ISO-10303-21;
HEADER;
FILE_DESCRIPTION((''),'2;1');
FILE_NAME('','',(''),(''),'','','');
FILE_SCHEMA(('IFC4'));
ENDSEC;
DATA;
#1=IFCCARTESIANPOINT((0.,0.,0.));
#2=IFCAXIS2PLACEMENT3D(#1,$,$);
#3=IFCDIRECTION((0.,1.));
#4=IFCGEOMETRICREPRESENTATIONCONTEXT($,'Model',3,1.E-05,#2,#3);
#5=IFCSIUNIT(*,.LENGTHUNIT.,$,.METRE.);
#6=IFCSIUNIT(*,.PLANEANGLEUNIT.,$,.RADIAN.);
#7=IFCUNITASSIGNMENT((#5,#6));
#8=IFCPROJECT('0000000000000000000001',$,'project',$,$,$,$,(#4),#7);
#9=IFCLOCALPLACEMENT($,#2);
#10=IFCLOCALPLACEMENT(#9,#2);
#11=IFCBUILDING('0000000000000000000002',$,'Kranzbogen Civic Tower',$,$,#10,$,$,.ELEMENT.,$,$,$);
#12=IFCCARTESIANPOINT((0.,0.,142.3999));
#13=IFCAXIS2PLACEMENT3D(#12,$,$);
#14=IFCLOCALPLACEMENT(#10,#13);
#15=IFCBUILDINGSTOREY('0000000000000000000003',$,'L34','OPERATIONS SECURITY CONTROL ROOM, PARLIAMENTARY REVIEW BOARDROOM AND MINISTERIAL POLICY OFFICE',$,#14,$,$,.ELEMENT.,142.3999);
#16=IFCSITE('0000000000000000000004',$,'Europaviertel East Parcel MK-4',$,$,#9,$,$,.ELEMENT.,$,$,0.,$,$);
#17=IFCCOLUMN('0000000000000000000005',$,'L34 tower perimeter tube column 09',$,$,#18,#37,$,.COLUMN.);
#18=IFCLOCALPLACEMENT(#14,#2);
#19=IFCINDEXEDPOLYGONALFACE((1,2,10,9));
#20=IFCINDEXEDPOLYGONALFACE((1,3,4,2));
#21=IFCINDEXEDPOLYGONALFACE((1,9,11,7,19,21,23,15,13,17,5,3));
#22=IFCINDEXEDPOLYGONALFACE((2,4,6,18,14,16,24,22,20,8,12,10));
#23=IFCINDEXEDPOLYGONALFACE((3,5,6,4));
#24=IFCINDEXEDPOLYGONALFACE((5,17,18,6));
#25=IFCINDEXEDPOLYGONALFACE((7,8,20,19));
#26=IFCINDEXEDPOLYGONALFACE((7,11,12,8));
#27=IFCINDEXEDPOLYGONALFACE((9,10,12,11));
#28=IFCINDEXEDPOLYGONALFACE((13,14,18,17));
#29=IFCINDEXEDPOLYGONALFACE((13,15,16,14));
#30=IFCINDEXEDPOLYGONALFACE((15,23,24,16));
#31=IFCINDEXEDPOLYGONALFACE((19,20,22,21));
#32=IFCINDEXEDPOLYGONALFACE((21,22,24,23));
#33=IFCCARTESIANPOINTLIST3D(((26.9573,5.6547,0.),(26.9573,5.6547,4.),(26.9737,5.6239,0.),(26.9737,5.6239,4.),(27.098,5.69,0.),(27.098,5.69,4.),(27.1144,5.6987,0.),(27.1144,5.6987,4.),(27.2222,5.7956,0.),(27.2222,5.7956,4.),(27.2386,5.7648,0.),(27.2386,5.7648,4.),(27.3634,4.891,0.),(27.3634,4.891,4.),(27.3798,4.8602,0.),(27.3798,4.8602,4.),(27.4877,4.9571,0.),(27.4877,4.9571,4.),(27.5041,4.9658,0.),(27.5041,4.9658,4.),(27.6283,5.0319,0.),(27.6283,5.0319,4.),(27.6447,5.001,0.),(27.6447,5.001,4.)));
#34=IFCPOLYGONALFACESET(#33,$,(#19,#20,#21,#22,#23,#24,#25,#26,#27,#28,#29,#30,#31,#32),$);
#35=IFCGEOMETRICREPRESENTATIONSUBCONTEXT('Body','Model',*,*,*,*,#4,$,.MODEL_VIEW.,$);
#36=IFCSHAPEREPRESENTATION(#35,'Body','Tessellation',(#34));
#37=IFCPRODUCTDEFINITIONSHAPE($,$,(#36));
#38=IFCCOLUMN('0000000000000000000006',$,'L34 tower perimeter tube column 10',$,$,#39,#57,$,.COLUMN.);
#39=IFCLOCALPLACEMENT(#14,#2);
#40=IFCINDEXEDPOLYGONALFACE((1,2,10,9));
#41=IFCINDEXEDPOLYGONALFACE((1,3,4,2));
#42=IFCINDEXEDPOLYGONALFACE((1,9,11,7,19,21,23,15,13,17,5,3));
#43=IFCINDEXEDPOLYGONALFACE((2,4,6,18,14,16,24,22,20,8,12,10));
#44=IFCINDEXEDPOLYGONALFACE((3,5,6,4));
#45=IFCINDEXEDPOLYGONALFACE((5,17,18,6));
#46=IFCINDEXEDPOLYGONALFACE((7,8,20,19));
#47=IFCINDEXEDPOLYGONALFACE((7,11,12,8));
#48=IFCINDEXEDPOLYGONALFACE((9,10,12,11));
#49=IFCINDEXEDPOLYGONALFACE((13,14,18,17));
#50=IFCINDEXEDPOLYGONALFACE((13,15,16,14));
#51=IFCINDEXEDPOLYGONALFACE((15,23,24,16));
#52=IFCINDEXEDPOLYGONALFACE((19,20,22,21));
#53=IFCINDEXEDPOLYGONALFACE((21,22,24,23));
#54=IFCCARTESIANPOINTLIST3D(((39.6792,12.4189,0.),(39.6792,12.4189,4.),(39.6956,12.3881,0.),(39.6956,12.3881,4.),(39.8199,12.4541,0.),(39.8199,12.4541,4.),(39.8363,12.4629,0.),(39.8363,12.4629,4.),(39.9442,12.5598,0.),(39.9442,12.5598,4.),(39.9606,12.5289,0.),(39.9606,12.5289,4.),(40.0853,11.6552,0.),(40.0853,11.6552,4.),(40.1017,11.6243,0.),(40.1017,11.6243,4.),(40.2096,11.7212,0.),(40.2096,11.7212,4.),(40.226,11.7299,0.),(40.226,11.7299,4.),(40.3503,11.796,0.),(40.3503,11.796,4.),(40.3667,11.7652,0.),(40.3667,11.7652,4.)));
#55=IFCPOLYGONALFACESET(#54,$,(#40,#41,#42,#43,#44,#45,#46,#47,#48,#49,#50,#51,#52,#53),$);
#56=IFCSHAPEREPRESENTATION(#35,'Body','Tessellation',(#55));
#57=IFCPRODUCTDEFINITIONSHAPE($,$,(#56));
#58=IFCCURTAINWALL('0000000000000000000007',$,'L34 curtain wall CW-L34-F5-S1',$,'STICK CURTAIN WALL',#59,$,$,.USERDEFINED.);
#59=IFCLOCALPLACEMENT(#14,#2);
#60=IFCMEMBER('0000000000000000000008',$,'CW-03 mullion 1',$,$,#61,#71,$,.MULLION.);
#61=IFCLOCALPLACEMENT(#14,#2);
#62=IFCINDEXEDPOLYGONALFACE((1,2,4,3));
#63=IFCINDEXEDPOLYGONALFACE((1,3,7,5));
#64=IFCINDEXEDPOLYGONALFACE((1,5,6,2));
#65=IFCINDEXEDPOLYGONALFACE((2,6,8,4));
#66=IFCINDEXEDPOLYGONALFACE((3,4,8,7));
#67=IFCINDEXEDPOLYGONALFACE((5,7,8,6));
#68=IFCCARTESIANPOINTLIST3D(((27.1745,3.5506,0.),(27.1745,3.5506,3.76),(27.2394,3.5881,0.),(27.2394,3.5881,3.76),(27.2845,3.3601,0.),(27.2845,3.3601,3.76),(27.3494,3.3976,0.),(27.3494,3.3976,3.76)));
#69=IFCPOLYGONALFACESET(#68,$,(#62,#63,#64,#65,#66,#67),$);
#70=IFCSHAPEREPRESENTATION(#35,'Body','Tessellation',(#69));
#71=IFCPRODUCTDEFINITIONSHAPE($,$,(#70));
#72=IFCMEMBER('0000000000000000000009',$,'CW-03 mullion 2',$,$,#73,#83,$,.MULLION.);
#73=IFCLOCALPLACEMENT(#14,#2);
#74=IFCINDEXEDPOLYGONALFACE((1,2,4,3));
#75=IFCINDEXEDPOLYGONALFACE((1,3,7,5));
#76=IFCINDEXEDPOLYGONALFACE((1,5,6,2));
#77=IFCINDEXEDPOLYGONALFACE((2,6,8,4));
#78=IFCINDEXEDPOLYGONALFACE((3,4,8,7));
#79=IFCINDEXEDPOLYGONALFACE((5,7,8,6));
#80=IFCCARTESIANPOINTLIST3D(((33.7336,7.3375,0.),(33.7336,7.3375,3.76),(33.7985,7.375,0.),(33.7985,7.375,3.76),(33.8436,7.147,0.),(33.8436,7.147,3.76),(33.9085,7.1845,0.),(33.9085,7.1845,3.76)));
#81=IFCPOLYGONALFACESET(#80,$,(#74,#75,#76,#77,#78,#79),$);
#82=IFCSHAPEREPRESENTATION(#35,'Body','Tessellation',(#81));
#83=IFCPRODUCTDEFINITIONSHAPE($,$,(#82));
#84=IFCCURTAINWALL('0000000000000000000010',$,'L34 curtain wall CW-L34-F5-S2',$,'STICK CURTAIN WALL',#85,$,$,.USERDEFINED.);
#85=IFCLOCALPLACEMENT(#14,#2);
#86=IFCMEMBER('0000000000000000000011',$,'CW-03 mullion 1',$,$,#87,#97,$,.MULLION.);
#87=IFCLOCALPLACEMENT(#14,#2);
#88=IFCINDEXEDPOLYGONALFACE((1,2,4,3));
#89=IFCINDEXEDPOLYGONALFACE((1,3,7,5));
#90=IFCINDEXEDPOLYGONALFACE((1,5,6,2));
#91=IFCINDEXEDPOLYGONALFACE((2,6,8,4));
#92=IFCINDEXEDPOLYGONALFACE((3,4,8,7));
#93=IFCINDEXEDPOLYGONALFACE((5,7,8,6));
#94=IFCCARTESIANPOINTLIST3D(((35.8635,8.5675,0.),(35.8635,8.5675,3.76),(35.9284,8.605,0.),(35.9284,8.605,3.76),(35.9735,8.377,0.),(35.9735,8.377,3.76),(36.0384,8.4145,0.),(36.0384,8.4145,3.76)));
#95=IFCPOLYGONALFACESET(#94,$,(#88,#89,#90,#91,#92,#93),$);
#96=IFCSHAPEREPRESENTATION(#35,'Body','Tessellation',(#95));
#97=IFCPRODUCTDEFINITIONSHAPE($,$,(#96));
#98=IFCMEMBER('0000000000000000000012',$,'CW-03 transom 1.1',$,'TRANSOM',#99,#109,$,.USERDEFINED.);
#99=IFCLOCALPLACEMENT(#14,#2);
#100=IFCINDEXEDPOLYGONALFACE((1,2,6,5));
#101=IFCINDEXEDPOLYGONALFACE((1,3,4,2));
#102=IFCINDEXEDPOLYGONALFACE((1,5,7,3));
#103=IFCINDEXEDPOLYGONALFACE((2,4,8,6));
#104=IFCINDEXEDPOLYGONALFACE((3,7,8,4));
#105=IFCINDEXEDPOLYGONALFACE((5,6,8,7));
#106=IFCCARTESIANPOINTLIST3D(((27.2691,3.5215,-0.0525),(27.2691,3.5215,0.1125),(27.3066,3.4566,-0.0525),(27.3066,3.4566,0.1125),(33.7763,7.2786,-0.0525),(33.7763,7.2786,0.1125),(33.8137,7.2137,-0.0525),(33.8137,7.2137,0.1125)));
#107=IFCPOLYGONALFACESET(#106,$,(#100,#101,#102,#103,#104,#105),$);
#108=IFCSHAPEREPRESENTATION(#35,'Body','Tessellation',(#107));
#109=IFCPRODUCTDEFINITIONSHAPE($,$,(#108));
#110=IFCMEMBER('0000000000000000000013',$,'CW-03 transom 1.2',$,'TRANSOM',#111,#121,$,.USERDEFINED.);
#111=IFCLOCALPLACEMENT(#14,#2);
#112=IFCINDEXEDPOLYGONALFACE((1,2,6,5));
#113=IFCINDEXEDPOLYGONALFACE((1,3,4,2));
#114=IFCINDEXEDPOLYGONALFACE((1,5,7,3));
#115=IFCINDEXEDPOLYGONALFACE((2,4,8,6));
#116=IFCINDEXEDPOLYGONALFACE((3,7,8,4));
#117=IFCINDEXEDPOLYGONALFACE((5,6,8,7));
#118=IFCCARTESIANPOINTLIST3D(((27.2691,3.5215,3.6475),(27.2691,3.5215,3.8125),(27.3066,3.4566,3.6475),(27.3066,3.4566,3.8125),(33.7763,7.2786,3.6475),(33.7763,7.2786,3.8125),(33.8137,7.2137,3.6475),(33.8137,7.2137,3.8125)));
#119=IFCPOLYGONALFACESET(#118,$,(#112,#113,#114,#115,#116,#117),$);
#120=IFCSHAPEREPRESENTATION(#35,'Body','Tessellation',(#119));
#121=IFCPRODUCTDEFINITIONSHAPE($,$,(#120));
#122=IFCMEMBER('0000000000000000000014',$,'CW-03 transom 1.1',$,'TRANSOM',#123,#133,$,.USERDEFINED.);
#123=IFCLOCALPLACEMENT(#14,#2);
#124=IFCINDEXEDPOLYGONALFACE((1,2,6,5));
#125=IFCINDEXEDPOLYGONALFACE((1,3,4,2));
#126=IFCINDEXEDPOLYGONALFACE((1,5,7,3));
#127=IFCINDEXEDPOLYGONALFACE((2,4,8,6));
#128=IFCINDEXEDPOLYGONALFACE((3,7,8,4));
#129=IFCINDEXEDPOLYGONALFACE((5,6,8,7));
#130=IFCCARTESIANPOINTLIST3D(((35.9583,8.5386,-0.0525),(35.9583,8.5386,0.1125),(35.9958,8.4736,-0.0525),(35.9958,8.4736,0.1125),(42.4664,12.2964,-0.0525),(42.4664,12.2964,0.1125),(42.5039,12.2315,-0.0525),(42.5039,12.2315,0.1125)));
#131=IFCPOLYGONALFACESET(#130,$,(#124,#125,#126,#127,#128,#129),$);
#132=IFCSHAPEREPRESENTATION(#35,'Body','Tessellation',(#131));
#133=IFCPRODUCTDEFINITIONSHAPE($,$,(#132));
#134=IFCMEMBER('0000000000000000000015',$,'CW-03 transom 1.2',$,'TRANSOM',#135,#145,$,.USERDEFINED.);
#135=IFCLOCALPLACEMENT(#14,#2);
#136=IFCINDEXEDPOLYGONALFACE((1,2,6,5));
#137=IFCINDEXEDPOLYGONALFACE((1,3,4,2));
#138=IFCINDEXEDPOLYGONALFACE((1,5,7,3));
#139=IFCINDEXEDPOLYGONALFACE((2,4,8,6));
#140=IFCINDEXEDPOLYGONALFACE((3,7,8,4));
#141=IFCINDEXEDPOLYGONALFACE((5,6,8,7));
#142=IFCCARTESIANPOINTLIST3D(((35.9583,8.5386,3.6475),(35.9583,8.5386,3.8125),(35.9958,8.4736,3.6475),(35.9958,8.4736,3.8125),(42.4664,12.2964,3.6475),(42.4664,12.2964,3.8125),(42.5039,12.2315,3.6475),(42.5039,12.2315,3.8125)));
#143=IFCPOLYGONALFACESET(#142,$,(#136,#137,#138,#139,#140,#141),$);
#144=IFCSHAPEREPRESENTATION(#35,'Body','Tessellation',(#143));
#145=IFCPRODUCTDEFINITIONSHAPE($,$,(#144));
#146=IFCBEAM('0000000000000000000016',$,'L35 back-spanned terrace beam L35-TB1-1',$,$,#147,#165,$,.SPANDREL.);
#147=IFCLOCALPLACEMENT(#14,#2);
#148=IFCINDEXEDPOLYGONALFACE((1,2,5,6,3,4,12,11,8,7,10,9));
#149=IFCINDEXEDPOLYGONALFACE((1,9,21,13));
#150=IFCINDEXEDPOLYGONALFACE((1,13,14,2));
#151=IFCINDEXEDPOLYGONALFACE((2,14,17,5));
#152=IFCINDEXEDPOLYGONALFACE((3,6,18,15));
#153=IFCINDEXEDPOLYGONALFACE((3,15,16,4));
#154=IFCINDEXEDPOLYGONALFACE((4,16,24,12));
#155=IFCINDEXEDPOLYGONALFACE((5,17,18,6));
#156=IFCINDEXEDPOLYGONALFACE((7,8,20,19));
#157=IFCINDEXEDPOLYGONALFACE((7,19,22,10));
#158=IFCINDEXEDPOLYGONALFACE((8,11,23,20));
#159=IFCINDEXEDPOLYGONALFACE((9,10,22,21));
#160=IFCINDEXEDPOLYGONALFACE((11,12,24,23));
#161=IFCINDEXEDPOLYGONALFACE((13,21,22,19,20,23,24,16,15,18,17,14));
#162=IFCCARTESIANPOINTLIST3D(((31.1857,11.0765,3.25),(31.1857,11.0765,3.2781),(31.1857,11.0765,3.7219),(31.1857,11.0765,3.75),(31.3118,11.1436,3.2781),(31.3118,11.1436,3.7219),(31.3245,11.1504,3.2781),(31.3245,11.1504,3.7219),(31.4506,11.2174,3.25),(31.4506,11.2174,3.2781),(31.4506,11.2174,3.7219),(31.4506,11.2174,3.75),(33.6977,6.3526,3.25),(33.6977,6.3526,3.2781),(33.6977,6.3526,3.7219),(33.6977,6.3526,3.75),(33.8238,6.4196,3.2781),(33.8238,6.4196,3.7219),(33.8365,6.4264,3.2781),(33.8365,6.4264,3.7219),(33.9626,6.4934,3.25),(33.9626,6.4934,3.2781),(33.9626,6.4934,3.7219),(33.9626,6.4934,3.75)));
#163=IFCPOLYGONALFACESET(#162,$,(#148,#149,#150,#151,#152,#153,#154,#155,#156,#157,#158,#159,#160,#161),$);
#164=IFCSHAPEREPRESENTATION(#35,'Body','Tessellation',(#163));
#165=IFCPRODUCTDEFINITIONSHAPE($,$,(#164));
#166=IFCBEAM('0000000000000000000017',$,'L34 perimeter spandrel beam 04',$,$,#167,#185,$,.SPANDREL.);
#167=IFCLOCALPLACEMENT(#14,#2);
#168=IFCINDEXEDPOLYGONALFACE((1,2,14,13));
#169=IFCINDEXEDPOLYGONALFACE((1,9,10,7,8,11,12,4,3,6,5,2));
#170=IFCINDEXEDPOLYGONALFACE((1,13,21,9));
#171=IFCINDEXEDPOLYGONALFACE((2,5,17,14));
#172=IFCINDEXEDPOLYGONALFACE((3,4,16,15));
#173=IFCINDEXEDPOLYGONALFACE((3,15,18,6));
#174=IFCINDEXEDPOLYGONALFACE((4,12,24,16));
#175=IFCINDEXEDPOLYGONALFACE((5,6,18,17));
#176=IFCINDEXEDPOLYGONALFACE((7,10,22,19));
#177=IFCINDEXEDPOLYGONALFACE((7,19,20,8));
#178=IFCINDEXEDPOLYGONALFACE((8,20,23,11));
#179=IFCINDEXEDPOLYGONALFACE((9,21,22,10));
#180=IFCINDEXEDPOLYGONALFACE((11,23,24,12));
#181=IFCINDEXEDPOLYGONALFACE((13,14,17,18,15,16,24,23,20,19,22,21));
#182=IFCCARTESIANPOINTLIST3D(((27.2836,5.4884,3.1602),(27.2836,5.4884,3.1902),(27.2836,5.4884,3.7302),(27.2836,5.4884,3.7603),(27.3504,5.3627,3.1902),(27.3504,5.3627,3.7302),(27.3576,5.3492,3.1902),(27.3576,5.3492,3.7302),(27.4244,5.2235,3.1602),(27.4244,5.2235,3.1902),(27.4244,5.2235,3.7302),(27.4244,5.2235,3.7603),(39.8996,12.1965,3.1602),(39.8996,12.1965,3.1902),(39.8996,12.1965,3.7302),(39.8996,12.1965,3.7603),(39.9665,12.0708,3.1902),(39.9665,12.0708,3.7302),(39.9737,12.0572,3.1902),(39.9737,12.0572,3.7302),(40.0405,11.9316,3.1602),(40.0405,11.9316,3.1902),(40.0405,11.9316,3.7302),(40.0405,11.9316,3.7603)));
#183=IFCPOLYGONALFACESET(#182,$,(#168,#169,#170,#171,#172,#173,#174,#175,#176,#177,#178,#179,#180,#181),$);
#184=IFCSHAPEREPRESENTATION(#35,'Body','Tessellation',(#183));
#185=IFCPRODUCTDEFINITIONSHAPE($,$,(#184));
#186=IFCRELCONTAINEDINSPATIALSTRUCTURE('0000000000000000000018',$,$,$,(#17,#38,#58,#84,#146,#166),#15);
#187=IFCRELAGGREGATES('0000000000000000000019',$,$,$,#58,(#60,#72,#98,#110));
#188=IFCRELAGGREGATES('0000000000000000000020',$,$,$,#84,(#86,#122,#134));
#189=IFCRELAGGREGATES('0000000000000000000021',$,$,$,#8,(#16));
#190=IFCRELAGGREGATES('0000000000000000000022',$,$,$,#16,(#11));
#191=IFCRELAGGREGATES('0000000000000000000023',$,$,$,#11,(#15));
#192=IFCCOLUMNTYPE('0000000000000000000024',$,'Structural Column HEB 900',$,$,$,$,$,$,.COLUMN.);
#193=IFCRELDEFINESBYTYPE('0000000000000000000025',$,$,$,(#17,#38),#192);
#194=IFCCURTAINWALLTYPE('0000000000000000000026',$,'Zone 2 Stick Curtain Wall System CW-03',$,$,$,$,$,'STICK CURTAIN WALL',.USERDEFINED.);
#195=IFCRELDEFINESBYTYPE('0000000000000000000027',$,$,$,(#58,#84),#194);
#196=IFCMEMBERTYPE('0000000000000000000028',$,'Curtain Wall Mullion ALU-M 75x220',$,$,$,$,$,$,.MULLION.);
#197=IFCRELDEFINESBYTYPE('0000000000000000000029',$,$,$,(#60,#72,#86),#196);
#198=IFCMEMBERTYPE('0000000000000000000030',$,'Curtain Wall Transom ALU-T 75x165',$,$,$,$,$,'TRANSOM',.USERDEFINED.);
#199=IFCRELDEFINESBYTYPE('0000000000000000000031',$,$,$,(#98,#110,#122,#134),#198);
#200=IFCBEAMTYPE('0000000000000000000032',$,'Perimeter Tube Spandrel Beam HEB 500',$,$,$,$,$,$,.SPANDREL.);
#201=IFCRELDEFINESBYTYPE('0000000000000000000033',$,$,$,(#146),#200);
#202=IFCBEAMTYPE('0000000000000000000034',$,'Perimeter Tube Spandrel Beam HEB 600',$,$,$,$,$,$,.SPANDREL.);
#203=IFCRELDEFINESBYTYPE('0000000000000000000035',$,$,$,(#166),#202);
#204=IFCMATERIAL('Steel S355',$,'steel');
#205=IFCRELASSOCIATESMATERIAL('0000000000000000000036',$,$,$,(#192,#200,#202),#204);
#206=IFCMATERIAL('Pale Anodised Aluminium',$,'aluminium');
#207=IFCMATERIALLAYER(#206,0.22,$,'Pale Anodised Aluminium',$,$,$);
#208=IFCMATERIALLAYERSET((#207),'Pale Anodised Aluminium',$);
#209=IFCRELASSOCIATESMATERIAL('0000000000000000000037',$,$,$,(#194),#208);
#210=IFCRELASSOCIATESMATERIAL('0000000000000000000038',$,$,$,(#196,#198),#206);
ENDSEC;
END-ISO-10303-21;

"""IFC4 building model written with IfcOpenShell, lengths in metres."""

from ifc_helpers import new_model, si_unit, direction, frame, origin, origin_2d, place, context, subcontext, project, spatial, rectangle, i_section, extrude, material, layer, layer_set, material_profile, profile_set, type_object, element, aggregate, save


model = new_model("IFC4")

# Units and contexts
model_context = context("Model", 3, precision=1e-05, world=origin(), true_north=direction((0.0, 1.0)))
body_context = subcontext(model_context, "Body", "Model", "MODEL_VIEW")
ifc_project = project(units=[si_unit("LENGTHUNIT", "METRE"), si_unit("PLANEANGLEUNIT", "RADIAN")], contexts=[model_context])

# Site, building, storey
site_placement = place(None, origin())
site = spatial("IfcSite", under=ifc_project, at=site_placement, Name="Europaviertel East Parcel MK-4", CompositionType="ELEMENT", RefElevation=0.0)
building_placement = place(site_placement, origin())
building = spatial("IfcBuilding", under=site, at=building_placement, Name="Kranzbogen Civic Tower", CompositionType="ELEMENT")
storey_placement = place(building_placement, frame((0.0, 0.0, 142.3999)))
storey = spatial("IfcBuildingStorey", under=building, at=storey_placement, Name="L34", Description="OPERATIONS SECURITY CONTROL ROOM, PARLIAMENTARY REVIEW BOARDROOM AND MINISTERIAL POLICY OFFICE", CompositionType="ELEMENT", Elevation=142.3999)

# Columns
ifc_material_1 = material(Name="Steel S355", Category="steel")
ifc_material_profile_1 = material_profile(ifc_material_1, i_section(OverallWidth=0.3, OverallDepth=0.8999, WebThickness=0.0186, FlangeThickness=0.0349, at=origin_2d()), Name="HEB 900")
ifc_profile_set_1 = profile_set([ifc_material_profile_1], Name="Steel S355")
column_type = type_object("IfcColumnType", Name="Structural Column HEB 900", PredefinedType="COLUMN", material=ifc_profile_set_1)
for number, where, z_axis, x_axis, name in (
    (1, (27.301, 5.3279, 0.0), (0.0, 0.0, 1.0), (0.882948, 0.469472, 0.0), "L34 tower perimeter tube column 09"),
    (2, (40.0229, 12.092, 0.0), (0.0, 0.0, 1.0), (0.882948, 0.469472, 0.0), "L34 tower perimeter tube column 10"),
):
    element("IfcColumn", number, at=place(storey_placement, frame(where, z_axis=z_axis, x_axis=x_axis)), inside=storey, type_object=column_type, Name=name, PredefinedType="COLUMN", context=body_context, shape_type="SweptSolid", body=[
        extrude(i_section(OverallWidth=0.3, OverallDepth=0.8999, WebThickness=0.0186, FlangeThickness=0.0349, at=origin_2d()), origin(), (0.0, 0.0, 1.0), 4.0),
    ])

# Curtain wall, members
ifc_material_2 = material(Name="Pale Anodised Aluminium", Category="aluminium")
ifc_layer_1 = layer(ifc_material_2, 0.22, Name="Pale Anodised Aluminium")
ifc_layer_set_1 = layer_set([ifc_layer_1], Name="Pale Anodised Aluminium")
curtain_wall_type = type_object("IfcCurtainWallType", Name="Zone 2 Stick Curtain Wall System CW-03", ElementType="STICK CURTAIN WALL", PredefinedType="USERDEFINED", material=ifc_layer_set_1)
curtain_wall_1_placement = place(storey_placement, origin())
curtain_wall_1 = element("IfcCurtainWall", 3, at=curtain_wall_1_placement, inside=storey, type_object=curtain_wall_type, Name="L34 curtain wall CW-L34-F5-S1", ObjectType="STICK CURTAIN WALL", PredefinedType="USERDEFINED")
ifc_material_profile_2 = material_profile(ifc_material_2, rectangle(XDim=0.075, YDim=0.22, at=origin_2d()), Name="ALU-M 75x220")
ifc_profile_set_2 = profile_set([ifc_material_profile_2], Name="Pale Anodised Aluminium")
member_type_1 = type_object("IfcMemberType", Name="Curtain Wall Mullion ALU-M 75x220", PredefinedType="MULLION", material=ifc_profile_set_2)
member_1_placement = place(storey_placement, frame((27.262, 3.4741, 0.0), z_axis=(0.0, 0.0, 1.0), x_axis=(0.866018, 0.500013, 0.0)))
member_1 = element("IfcMember", 4, at=member_1_placement, type_object=member_type_1, Name="CW-03 mullion 1", PredefinedType="MULLION", context=body_context, shape_type="SweptSolid", body=[
    extrude(rectangle(XDim=0.075, YDim=0.22, at=origin_2d()), origin(), (0.0, 0.0, 1.0), 3.76),
])
member_2_placement = place(storey_placement, frame((33.821, 7.261, 0.0), z_axis=(0.0, 0.0, 1.0), x_axis=(0.866018, 0.500013, 0.0)))
member_2 = element("IfcMember", 5, at=member_2_placement, type_object=member_type_1, Name="CW-03 mullion 2", PredefinedType="MULLION", context=body_context, shape_type="SweptSolid", body=[
    extrude(rectangle(XDim=0.075, YDim=0.22, at=origin_2d()), origin(), (0.0, 0.0, 1.0), 3.76),
])

# Curtain wall, member
curtain_wall_2_placement = place(storey_placement, origin())
curtain_wall_2 = element("IfcCurtainWall", 6, at=curtain_wall_2_placement, inside=storey, type_object=curtain_wall_type, Name="L34 curtain wall CW-L34-F5-S2", ObjectType="STICK CURTAIN WALL", PredefinedType="USERDEFINED")
member_3_placement = place(storey_placement, frame((35.9509, 8.491, 0.0), z_axis=(0.0, 0.0, 1.0), x_axis=(0.865994, 0.500055, 0.0)))
member_3 = element("IfcMember", 7, at=member_3_placement, type_object=member_type_1, Name="CW-03 mullion 1", PredefinedType="MULLION", context=body_context, shape_type="SweptSolid", body=[
    extrude(rectangle(XDim=0.075, YDim=0.22, at=origin_2d()), origin(), (0.0, 0.0, 1.0), 3.76),
])

# Members
ifc_material_profile_3 = material_profile(ifc_material_2, rectangle(XDim=0.075, YDim=0.165, at=origin_2d()), Name="ALU-T 75x165")
ifc_profile_set_3 = profile_set([ifc_material_profile_3], Name="Pale Anodised Aluminium")
member_type_2 = type_object("IfcMemberType", Name="Curtain Wall Transom ALU-T 75x165", ElementType="TRANSOM", PredefinedType="USERDEFINED", material=ifc_profile_set_3)
member_4_placement = place(storey_placement, frame((27.2878, 3.489, 0.03), z_axis=(0.866013, 0.500022, 0.0), x_axis=(-0.500022, 0.866013, 0.0)))
member_4 = element("IfcMember", 8, at=member_4_placement, type_object=member_type_2, Name="CW-03 transom 1.1", ObjectType="TRANSOM", PredefinedType="USERDEFINED", context=body_context, shape_type="SweptSolid", body=[
    extrude(rectangle(XDim=0.075, YDim=0.165, at=origin_2d()), origin(), (0.0, 0.0, 1.0), 7.5139),
])
member_5_placement = place(storey_placement, frame((27.2878, 3.489, 3.73), z_axis=(0.866013, 0.500022, 0.0), x_axis=(-0.500022, 0.866013, 0.0)))
member_5 = element("IfcMember", 9, at=member_5_placement, type_object=member_type_2, Name="CW-03 transom 1.2", ObjectType="TRANSOM", PredefinedType="USERDEFINED", context=body_context, shape_type="SweptSolid", body=[
    extrude(rectangle(XDim=0.075, YDim=0.165, at=origin_2d()), origin(), (0.0, 0.0, 1.0), 7.5139),
])
member_6_placement = place(storey_placement, frame((35.9771, 8.5061, 0.03), z_axis=(0.866003, 0.500038, 0.0), x_axis=(-0.500038, 0.866003, 0.0)))
member_6 = element("IfcMember", 10, at=member_6_placement, type_object=member_type_2, Name="CW-03 transom 1.1", ObjectType="TRANSOM", PredefinedType="USERDEFINED", context=body_context, shape_type="SweptSolid", body=[
    extrude(rectangle(XDim=0.075, YDim=0.165, at=origin_2d()), origin(), (0.0, 0.0, 1.0), 7.5151),
])
member_7_placement = place(storey_placement, frame((35.9771, 8.5061, 3.73), z_axis=(0.866003, 0.500038, 0.0), x_axis=(-0.500038, 0.866003, 0.0)))
member_7 = element("IfcMember", 11, at=member_7_placement, type_object=member_type_2, Name="CW-03 transom 1.2", ObjectType="TRANSOM", PredefinedType="USERDEFINED", context=body_context, shape_type="SweptSolid", body=[
    extrude(rectangle(XDim=0.075, YDim=0.165, at=origin_2d()), origin(), (0.0, 0.0, 1.0), 7.5151),
])

# Beams
ifc_material_profile_4 = material_profile(ifc_material_1, i_section(OverallWidth=0.3, OverallDepth=0.5, WebThickness=0.0144, FlangeThickness=0.0281, at=origin_2d()), Name="HEB 500")
ifc_profile_set_4 = profile_set([ifc_material_profile_4], Name="Steel S355")
beam_type_1 = type_object("IfcBeamType", Name="Perimeter Tube Spandrel Beam HEB 500", PredefinedType="SPANDREL", material=ifc_profile_set_4)
beam_1_placement = place(storey_placement, frame((31.3181, 11.147, 3.5), z_axis=(0.469506, -0.88293, 0.0), x_axis=(0.88293, 0.469506, 0.0)))
element("IfcBeam", 12, at=beam_1_placement, inside=storey, type_object=beam_type_1, Name="L35 back-spanned terrace beam L35-TB1-1", PredefinedType="SPANDREL", context=body_context, shape_type="SweptSolid", body=[
    extrude(i_section(OverallWidth=0.3, OverallDepth=0.5, WebThickness=0.0144, FlangeThickness=0.0281, at=origin_2d()), origin(), (0.0, 0.0, 1.0), 5.3503),
])
ifc_material_profile_5 = material_profile(ifc_material_1, i_section(OverallWidth=0.3, OverallDepth=0.6001, WebThickness=0.0154, FlangeThickness=0.03, at=origin_2d()), Name="HEB 600")
ifc_profile_set_5 = profile_set([ifc_material_profile_5], Name="Steel S355")
beam_type_2 = type_object("IfcBeamType", Name="Perimeter Tube Spandrel Beam HEB 600", PredefinedType="SPANDREL", material=ifc_profile_set_5)
beam_2_placement = place(storey_placement, frame((27.354, 5.356, 3.4602), z_axis=(0.882948, 0.46947, 0.0), x_axis=(-0.46947, 0.882948, 0.0)))
element("IfcBeam", 13, at=beam_2_placement, inside=storey, type_object=beam_type_2, Name="L34 perimeter spandrel beam 04", PredefinedType="SPANDREL", context=body_context, shape_type="SweptSolid", body=[
    extrude(i_section(OverallWidth=0.3, OverallDepth=0.6001, WebThickness=0.0154, FlangeThickness=0.03, at=origin_2d()), origin(), (0.0, 0.0, 1.0), 14.2886),
])

aggregate(curtain_wall_1, [member_1, member_2, member_4, member_5])
aggregate(curtain_wall_2, [member_3, member_6, member_7])

save(model, "model.ifc")
